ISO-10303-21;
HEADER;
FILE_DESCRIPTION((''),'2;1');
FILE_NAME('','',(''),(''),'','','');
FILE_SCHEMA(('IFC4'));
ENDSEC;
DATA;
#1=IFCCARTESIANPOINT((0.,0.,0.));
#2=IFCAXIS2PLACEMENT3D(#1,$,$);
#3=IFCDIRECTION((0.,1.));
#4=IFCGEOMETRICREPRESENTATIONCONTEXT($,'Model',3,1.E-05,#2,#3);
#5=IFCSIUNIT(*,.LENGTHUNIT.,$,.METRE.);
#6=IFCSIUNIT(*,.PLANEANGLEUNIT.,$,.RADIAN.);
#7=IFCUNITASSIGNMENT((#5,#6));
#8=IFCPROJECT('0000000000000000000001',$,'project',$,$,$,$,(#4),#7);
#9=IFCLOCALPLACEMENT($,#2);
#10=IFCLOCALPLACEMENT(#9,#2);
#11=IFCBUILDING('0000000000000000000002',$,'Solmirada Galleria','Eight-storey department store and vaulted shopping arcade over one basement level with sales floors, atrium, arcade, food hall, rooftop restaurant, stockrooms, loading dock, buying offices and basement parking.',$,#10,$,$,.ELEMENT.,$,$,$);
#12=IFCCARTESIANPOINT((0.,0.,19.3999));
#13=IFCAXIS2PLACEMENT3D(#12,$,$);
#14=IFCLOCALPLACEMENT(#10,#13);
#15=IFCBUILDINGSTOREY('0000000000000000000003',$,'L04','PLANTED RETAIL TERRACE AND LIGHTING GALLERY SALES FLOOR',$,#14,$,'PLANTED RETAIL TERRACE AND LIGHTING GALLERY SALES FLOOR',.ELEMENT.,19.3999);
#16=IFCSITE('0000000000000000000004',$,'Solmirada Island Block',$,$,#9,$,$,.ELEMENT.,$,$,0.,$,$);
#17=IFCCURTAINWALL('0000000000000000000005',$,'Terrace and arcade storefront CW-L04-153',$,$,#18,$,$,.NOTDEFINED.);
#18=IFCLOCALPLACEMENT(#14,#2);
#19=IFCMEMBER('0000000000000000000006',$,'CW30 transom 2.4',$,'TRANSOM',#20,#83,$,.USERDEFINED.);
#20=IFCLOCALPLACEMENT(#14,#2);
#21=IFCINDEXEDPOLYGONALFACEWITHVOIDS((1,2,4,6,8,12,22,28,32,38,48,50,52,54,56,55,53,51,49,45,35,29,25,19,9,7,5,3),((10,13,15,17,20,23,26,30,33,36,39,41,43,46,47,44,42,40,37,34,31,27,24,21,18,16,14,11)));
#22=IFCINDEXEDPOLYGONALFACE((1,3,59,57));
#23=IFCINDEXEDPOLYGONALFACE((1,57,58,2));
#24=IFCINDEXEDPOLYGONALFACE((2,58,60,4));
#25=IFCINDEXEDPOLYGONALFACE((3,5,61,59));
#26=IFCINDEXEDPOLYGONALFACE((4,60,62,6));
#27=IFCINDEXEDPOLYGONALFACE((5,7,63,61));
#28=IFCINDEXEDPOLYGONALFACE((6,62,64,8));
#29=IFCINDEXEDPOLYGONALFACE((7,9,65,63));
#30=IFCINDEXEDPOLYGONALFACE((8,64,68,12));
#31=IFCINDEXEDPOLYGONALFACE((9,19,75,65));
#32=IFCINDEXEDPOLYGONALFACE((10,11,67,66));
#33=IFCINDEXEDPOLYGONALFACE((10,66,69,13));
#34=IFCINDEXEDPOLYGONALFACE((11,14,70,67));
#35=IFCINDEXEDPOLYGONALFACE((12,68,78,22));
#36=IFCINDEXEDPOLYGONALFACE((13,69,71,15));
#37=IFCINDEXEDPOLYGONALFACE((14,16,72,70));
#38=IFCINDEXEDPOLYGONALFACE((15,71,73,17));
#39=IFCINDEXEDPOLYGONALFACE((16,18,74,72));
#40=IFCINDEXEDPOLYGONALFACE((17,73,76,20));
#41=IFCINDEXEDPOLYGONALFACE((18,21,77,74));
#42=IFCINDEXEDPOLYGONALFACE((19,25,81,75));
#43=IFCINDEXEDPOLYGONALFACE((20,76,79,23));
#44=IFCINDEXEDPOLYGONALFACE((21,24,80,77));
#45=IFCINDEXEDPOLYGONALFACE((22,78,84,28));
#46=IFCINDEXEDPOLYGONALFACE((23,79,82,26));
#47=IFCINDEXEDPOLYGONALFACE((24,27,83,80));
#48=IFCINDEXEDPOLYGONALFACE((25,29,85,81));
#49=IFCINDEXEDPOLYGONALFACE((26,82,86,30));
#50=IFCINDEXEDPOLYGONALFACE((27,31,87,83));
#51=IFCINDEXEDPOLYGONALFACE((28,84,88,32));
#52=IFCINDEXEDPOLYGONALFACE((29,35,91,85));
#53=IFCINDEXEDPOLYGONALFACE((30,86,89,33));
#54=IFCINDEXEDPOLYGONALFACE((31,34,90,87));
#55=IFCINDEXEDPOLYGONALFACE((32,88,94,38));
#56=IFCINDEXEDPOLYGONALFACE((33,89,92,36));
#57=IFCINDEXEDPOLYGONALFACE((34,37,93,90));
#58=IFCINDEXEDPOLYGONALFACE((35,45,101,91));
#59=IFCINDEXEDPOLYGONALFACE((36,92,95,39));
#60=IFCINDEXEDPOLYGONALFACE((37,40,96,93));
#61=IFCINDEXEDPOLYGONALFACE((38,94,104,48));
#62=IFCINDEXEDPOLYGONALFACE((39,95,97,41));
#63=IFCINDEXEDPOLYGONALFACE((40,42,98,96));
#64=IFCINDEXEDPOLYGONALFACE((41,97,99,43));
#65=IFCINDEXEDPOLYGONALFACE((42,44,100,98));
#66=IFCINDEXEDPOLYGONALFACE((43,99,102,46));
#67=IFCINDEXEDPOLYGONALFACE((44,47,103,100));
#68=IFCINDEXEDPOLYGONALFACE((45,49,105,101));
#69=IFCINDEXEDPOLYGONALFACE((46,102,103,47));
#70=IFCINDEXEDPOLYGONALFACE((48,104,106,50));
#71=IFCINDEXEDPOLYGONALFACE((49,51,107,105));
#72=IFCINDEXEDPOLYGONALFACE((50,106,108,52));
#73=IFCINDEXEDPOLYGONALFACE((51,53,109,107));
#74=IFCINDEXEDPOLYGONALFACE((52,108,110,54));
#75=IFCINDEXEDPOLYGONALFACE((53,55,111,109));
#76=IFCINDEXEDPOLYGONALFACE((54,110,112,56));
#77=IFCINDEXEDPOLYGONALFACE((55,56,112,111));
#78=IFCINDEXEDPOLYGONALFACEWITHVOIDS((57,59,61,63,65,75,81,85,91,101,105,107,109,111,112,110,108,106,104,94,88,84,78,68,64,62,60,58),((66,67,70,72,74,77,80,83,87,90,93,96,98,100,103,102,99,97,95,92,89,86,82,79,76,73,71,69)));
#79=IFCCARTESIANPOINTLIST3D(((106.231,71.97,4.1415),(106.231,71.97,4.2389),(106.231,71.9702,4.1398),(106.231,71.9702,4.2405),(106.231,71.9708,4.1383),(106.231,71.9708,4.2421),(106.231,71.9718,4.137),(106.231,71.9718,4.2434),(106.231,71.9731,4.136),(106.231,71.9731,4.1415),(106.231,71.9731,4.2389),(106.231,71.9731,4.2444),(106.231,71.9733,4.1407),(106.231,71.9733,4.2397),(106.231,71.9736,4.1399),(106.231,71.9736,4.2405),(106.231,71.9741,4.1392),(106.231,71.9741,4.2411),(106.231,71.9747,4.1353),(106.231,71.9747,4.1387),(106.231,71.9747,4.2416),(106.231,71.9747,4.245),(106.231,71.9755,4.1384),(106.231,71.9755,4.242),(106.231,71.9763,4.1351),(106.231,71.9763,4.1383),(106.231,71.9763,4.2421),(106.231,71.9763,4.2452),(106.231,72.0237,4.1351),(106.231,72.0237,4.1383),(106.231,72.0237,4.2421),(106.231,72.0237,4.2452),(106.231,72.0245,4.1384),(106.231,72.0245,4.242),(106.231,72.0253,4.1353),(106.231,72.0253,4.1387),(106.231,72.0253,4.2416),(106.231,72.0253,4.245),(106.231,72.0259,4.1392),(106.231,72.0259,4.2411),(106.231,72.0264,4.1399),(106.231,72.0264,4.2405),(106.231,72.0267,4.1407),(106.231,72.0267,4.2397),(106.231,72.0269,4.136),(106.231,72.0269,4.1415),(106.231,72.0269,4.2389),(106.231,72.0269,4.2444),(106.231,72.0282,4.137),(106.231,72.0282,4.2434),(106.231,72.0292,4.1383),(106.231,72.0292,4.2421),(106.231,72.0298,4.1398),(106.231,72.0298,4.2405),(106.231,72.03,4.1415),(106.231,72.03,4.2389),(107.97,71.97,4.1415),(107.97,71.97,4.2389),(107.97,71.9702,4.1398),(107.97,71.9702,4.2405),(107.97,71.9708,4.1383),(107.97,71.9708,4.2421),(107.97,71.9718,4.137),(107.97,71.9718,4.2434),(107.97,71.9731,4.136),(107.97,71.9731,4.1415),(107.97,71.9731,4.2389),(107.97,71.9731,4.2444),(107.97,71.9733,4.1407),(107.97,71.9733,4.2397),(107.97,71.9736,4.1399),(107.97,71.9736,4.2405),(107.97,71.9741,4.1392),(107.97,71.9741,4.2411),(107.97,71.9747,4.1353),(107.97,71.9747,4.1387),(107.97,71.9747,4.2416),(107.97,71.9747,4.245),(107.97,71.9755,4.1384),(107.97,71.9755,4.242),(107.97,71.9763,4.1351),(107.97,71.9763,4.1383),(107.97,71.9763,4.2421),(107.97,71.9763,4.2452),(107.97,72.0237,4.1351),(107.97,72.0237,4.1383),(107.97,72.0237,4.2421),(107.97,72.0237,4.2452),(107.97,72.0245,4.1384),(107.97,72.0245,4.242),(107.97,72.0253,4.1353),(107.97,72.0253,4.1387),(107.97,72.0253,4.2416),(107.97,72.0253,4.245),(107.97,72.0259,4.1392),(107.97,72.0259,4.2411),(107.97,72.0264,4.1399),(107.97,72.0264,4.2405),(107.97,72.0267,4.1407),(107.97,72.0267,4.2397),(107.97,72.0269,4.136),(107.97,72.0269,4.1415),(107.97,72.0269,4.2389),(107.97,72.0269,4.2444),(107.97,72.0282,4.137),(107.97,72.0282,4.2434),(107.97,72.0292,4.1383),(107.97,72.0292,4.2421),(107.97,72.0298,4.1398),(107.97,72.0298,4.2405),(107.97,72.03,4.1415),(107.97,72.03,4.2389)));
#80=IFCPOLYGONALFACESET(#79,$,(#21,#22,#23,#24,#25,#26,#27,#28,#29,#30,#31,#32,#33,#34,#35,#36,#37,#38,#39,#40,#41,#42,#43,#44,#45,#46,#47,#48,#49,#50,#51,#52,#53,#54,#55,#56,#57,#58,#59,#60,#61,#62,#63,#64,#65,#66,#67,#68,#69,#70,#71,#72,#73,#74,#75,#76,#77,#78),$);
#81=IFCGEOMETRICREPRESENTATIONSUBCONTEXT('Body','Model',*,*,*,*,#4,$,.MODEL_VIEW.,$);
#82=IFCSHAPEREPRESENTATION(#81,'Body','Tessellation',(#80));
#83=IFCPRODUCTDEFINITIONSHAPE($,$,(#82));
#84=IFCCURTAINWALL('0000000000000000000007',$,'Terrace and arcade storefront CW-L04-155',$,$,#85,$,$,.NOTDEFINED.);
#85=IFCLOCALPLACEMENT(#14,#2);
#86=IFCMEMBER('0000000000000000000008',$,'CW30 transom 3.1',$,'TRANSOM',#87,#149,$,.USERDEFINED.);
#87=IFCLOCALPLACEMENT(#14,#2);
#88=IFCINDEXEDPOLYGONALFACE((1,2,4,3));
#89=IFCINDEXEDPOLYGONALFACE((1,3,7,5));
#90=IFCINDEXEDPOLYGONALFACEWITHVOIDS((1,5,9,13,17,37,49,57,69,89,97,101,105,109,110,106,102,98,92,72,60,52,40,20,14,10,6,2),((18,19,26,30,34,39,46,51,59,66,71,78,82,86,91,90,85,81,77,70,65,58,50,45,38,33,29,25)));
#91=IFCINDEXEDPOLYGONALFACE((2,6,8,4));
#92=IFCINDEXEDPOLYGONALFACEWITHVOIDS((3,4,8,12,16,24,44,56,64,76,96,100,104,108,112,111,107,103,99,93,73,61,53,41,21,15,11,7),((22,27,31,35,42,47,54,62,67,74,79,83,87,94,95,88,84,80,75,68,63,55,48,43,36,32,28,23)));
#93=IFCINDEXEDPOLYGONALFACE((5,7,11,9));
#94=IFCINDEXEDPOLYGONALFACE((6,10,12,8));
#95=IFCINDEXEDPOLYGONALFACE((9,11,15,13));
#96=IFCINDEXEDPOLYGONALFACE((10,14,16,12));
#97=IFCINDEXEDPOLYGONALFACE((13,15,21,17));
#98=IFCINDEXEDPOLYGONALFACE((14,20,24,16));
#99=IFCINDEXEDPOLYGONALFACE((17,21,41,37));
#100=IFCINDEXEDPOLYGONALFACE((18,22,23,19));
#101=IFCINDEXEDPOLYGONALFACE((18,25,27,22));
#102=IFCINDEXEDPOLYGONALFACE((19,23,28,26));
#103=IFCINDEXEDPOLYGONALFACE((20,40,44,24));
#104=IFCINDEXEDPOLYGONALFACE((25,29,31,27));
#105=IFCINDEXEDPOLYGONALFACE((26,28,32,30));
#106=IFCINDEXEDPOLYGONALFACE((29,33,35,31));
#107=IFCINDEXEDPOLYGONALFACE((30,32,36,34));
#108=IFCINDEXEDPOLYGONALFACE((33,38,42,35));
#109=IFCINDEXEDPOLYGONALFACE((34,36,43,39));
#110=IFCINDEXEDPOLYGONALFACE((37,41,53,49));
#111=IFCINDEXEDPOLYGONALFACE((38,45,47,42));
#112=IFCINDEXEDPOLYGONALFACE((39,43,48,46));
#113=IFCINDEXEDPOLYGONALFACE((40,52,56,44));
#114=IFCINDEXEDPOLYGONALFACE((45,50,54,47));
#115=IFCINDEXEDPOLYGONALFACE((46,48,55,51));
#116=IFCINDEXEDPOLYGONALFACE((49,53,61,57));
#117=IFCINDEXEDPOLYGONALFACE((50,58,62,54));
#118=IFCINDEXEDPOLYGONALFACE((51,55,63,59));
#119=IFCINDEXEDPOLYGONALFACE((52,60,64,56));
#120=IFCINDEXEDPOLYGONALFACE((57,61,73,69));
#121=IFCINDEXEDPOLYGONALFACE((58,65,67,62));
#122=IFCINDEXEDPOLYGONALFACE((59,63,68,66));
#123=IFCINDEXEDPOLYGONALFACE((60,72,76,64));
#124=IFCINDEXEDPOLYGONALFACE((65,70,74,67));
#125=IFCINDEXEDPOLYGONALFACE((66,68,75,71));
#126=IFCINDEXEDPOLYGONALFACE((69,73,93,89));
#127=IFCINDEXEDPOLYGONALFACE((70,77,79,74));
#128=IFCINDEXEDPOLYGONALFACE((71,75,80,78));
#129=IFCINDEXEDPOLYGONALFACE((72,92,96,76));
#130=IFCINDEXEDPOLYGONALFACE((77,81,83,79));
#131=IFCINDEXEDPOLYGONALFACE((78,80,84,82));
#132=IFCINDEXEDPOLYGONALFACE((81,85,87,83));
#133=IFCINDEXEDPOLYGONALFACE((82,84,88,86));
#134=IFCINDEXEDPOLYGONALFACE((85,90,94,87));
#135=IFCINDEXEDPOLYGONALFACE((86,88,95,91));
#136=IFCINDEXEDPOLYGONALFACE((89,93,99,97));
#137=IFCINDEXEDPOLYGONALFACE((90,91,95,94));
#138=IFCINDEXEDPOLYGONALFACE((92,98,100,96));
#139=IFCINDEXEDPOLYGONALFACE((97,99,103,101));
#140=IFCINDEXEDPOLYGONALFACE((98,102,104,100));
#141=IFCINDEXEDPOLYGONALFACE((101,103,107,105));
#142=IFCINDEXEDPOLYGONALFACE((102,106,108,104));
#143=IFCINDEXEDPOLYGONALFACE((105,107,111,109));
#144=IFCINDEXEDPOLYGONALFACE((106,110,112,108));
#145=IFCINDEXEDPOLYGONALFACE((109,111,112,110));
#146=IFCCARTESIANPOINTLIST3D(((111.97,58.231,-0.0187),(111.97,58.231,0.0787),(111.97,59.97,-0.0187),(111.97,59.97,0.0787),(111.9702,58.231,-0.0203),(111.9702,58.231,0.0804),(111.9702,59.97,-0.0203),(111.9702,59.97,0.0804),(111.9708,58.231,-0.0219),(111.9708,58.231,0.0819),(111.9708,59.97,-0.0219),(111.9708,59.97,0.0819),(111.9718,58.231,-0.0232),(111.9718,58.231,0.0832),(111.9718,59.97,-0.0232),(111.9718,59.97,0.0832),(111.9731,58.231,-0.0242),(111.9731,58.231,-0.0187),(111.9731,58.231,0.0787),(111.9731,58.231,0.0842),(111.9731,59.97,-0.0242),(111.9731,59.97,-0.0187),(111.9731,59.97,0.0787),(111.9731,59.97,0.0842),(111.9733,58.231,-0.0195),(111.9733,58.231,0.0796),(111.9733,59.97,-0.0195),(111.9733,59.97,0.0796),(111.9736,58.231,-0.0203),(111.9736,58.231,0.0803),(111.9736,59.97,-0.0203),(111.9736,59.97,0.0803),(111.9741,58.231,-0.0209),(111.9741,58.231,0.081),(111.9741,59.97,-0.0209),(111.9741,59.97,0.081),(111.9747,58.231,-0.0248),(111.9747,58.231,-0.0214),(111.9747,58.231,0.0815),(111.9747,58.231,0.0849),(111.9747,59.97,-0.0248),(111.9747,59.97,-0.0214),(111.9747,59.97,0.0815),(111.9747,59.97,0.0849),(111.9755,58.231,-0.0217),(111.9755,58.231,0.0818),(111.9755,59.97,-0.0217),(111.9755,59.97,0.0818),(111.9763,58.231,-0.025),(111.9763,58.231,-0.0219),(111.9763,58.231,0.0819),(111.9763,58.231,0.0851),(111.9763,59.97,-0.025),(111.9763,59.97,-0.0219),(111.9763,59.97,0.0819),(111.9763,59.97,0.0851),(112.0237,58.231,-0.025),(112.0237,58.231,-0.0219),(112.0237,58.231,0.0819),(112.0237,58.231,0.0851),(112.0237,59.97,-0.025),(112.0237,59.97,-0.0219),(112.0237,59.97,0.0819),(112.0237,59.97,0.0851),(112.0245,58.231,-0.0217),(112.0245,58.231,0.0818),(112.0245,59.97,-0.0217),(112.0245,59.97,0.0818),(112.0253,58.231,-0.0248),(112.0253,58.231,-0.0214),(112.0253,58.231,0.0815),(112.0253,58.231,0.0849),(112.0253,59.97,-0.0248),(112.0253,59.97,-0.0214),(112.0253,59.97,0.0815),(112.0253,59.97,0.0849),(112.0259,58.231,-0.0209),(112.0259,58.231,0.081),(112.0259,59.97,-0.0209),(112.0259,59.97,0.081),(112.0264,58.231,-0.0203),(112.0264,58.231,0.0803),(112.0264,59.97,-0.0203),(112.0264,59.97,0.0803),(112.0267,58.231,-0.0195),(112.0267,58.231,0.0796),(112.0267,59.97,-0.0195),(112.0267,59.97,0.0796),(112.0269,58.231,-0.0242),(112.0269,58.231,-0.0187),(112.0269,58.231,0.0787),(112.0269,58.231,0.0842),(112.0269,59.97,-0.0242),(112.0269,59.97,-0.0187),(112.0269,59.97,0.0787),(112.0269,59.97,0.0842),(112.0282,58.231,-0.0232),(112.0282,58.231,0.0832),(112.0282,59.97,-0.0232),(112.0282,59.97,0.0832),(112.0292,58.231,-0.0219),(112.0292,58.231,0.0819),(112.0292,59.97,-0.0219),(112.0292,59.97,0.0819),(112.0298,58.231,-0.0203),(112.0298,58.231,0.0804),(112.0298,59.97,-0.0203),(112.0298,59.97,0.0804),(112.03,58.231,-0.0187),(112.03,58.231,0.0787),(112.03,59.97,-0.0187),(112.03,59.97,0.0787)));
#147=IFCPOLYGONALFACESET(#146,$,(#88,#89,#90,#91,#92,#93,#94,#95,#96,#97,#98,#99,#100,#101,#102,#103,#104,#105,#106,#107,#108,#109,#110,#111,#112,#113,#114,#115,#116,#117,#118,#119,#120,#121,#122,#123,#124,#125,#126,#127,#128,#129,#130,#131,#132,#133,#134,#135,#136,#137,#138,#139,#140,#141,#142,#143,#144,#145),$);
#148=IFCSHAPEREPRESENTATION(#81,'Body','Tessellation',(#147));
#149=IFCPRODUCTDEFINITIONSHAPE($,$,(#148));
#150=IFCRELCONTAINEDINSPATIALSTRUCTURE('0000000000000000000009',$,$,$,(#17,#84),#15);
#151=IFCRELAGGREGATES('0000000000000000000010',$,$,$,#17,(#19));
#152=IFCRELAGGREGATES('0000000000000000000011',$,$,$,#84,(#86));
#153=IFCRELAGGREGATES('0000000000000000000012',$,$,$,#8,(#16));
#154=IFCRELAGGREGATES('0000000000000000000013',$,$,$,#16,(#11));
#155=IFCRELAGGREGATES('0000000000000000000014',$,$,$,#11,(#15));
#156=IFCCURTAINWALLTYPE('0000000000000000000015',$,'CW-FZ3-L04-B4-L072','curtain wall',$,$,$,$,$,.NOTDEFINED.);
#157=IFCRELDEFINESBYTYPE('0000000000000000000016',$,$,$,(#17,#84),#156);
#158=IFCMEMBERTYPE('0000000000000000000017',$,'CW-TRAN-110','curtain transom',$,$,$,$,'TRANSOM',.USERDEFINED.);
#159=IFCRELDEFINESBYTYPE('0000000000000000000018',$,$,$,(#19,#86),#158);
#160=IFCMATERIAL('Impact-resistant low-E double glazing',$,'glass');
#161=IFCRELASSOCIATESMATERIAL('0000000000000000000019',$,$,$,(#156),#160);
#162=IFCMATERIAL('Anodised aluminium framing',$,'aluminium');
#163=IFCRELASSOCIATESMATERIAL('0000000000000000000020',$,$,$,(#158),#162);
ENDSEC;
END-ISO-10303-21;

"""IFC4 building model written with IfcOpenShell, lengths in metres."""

from ifc_helpers import new_model, si_unit, direction, frame, origin, origin_2d, place, context, subcontext, project, spatial, hollow_rectangle, extrude, material, material_profile, profile_set, type_object, element, aggregate, save


model = new_model("IFC4")

# Units and contexts
model_context = context("Model", 3, precision=1e-05, world=origin(), true_north=direction((0.0, 1.0)))
body_context = subcontext(model_context, "Body", "Model", "MODEL_VIEW")
ifc_project = project(units=[si_unit("LENGTHUNIT", "METRE"), si_unit("PLANEANGLEUNIT", "RADIAN")], contexts=[model_context])

# Site, building, storey
site_placement = place(None, origin())
site = spatial("IfcSite", under=ifc_project, at=site_placement, Name="Solmirada Island Block", CompositionType="ELEMENT", RefElevation=0.0)
building_placement = place(site_placement, origin())
building = spatial("IfcBuilding", under=site, at=building_placement, Name="Solmirada Galleria", Description="Eight-storey department store and vaulted shopping arcade over one basement level with sales floors, atrium, arcade, food hall, rooftop restaurant, stockrooms, loading dock, buying offices and basement parking.", CompositionType="ELEMENT")
storey_placement = place(building_placement, frame((0.0, 0.0, 19.3999)))
storey = spatial("IfcBuildingStorey", under=building, at=storey_placement, Name="L04", Description="PLANTED RETAIL TERRACE AND LIGHTING GALLERY SALES FLOOR", LongName="PLANTED RETAIL TERRACE AND LIGHTING GALLERY SALES FLOOR", CompositionType="ELEMENT", Elevation=19.3999)

# Curtain walls, members
ifc_material_1 = material(Name="Impact-resistant low-E double glazing", Category="glass")
curtain_wall_type = type_object("IfcCurtainWallType", Name="CW-FZ3-L04-B4-L072", Description="curtain wall", PredefinedType="NOTDEFINED", material=ifc_material_1)
curtain_wall_1_placement = place(storey_placement, origin())
curtain_wall_1 = element("IfcCurtainWall", 1, at=curtain_wall_1_placement, inside=storey, type_object=curtain_wall_type, Name="Terrace and arcade storefront CW-L04-153", PredefinedType="NOTDEFINED")
ifc_material_2 = material(Name="Anodised aluminium framing", Category="aluminium")
ifc_material_profile_1 = material_profile(ifc_material_2, hollow_rectangle(XDim=0.0601, YDim=0.1101, WallThickness=0.0032, InnerFilletRadius=0.0032, OuterFilletRadius=0.0063, at=origin_2d()), Name="ALU-TRAN-110X60")
ifc_profile_set_1 = profile_set([ifc_material_profile_1], Name="Anodised aluminium framing")
member_type_1 = type_object("IfcMemberType", Name="CW-TRAN-110", Description="curtain transom", ElementType="TRANSOM", PredefinedType="USERDEFINED", material=ifc_profile_set_1)
member_1_placement = place(storey_placement, frame((106.231, 72.0, 4.1902), z_axis=(1.0, 0.0, 0.0), x_axis=(0.0, 1.0, 0.0)))
member_1 = element("IfcMember", 2, at=member_1_placement, type_object=member_type_1, Name="CW30 transom 2.4", ObjectType="TRANSOM", PredefinedType="USERDEFINED", context=body_context, shape_type="SweptSolid", body=[
    extrude(hollow_rectangle(XDim=0.0601, YDim=0.1101, WallThickness=0.0032, InnerFilletRadius=0.0032, OuterFilletRadius=0.0063, at=origin_2d()), origin(), (0.0, 0.0, 1.0), 1.739),
])
curtain_wall_2_placement = place(storey_placement, origin())
curtain_wall_2 = element("IfcCurtainWall", 3, at=curtain_wall_2_placement, inside=storey, type_object=curtain_wall_type, Name="Terrace and arcade storefront CW-L04-155", PredefinedType="NOTDEFINED")
member_2_placement = place(storey_placement, frame((112.0, 59.97, 0.03), z_axis=(0.0, -1.0, 0.0), x_axis=(1.0, 0.0, 0.0)))
member_2 = element("IfcMember", 4, at=member_2_placement, type_object=member_type_1, Name="CW30 transom 3.1", ObjectType="TRANSOM", PredefinedType="USERDEFINED", context=body_context, shape_type="SweptSolid", body=[
    extrude(hollow_rectangle(XDim=0.0601, YDim=0.1101, WallThickness=0.0032, InnerFilletRadius=0.0032, OuterFilletRadius=0.0063, at=origin_2d()), origin(), (0.0, 0.0, 1.0), 1.739),
])

aggregate(curtain_wall_1, [member_1])
aggregate(curtain_wall_2, [member_2])

save(model, "model.ifc")
